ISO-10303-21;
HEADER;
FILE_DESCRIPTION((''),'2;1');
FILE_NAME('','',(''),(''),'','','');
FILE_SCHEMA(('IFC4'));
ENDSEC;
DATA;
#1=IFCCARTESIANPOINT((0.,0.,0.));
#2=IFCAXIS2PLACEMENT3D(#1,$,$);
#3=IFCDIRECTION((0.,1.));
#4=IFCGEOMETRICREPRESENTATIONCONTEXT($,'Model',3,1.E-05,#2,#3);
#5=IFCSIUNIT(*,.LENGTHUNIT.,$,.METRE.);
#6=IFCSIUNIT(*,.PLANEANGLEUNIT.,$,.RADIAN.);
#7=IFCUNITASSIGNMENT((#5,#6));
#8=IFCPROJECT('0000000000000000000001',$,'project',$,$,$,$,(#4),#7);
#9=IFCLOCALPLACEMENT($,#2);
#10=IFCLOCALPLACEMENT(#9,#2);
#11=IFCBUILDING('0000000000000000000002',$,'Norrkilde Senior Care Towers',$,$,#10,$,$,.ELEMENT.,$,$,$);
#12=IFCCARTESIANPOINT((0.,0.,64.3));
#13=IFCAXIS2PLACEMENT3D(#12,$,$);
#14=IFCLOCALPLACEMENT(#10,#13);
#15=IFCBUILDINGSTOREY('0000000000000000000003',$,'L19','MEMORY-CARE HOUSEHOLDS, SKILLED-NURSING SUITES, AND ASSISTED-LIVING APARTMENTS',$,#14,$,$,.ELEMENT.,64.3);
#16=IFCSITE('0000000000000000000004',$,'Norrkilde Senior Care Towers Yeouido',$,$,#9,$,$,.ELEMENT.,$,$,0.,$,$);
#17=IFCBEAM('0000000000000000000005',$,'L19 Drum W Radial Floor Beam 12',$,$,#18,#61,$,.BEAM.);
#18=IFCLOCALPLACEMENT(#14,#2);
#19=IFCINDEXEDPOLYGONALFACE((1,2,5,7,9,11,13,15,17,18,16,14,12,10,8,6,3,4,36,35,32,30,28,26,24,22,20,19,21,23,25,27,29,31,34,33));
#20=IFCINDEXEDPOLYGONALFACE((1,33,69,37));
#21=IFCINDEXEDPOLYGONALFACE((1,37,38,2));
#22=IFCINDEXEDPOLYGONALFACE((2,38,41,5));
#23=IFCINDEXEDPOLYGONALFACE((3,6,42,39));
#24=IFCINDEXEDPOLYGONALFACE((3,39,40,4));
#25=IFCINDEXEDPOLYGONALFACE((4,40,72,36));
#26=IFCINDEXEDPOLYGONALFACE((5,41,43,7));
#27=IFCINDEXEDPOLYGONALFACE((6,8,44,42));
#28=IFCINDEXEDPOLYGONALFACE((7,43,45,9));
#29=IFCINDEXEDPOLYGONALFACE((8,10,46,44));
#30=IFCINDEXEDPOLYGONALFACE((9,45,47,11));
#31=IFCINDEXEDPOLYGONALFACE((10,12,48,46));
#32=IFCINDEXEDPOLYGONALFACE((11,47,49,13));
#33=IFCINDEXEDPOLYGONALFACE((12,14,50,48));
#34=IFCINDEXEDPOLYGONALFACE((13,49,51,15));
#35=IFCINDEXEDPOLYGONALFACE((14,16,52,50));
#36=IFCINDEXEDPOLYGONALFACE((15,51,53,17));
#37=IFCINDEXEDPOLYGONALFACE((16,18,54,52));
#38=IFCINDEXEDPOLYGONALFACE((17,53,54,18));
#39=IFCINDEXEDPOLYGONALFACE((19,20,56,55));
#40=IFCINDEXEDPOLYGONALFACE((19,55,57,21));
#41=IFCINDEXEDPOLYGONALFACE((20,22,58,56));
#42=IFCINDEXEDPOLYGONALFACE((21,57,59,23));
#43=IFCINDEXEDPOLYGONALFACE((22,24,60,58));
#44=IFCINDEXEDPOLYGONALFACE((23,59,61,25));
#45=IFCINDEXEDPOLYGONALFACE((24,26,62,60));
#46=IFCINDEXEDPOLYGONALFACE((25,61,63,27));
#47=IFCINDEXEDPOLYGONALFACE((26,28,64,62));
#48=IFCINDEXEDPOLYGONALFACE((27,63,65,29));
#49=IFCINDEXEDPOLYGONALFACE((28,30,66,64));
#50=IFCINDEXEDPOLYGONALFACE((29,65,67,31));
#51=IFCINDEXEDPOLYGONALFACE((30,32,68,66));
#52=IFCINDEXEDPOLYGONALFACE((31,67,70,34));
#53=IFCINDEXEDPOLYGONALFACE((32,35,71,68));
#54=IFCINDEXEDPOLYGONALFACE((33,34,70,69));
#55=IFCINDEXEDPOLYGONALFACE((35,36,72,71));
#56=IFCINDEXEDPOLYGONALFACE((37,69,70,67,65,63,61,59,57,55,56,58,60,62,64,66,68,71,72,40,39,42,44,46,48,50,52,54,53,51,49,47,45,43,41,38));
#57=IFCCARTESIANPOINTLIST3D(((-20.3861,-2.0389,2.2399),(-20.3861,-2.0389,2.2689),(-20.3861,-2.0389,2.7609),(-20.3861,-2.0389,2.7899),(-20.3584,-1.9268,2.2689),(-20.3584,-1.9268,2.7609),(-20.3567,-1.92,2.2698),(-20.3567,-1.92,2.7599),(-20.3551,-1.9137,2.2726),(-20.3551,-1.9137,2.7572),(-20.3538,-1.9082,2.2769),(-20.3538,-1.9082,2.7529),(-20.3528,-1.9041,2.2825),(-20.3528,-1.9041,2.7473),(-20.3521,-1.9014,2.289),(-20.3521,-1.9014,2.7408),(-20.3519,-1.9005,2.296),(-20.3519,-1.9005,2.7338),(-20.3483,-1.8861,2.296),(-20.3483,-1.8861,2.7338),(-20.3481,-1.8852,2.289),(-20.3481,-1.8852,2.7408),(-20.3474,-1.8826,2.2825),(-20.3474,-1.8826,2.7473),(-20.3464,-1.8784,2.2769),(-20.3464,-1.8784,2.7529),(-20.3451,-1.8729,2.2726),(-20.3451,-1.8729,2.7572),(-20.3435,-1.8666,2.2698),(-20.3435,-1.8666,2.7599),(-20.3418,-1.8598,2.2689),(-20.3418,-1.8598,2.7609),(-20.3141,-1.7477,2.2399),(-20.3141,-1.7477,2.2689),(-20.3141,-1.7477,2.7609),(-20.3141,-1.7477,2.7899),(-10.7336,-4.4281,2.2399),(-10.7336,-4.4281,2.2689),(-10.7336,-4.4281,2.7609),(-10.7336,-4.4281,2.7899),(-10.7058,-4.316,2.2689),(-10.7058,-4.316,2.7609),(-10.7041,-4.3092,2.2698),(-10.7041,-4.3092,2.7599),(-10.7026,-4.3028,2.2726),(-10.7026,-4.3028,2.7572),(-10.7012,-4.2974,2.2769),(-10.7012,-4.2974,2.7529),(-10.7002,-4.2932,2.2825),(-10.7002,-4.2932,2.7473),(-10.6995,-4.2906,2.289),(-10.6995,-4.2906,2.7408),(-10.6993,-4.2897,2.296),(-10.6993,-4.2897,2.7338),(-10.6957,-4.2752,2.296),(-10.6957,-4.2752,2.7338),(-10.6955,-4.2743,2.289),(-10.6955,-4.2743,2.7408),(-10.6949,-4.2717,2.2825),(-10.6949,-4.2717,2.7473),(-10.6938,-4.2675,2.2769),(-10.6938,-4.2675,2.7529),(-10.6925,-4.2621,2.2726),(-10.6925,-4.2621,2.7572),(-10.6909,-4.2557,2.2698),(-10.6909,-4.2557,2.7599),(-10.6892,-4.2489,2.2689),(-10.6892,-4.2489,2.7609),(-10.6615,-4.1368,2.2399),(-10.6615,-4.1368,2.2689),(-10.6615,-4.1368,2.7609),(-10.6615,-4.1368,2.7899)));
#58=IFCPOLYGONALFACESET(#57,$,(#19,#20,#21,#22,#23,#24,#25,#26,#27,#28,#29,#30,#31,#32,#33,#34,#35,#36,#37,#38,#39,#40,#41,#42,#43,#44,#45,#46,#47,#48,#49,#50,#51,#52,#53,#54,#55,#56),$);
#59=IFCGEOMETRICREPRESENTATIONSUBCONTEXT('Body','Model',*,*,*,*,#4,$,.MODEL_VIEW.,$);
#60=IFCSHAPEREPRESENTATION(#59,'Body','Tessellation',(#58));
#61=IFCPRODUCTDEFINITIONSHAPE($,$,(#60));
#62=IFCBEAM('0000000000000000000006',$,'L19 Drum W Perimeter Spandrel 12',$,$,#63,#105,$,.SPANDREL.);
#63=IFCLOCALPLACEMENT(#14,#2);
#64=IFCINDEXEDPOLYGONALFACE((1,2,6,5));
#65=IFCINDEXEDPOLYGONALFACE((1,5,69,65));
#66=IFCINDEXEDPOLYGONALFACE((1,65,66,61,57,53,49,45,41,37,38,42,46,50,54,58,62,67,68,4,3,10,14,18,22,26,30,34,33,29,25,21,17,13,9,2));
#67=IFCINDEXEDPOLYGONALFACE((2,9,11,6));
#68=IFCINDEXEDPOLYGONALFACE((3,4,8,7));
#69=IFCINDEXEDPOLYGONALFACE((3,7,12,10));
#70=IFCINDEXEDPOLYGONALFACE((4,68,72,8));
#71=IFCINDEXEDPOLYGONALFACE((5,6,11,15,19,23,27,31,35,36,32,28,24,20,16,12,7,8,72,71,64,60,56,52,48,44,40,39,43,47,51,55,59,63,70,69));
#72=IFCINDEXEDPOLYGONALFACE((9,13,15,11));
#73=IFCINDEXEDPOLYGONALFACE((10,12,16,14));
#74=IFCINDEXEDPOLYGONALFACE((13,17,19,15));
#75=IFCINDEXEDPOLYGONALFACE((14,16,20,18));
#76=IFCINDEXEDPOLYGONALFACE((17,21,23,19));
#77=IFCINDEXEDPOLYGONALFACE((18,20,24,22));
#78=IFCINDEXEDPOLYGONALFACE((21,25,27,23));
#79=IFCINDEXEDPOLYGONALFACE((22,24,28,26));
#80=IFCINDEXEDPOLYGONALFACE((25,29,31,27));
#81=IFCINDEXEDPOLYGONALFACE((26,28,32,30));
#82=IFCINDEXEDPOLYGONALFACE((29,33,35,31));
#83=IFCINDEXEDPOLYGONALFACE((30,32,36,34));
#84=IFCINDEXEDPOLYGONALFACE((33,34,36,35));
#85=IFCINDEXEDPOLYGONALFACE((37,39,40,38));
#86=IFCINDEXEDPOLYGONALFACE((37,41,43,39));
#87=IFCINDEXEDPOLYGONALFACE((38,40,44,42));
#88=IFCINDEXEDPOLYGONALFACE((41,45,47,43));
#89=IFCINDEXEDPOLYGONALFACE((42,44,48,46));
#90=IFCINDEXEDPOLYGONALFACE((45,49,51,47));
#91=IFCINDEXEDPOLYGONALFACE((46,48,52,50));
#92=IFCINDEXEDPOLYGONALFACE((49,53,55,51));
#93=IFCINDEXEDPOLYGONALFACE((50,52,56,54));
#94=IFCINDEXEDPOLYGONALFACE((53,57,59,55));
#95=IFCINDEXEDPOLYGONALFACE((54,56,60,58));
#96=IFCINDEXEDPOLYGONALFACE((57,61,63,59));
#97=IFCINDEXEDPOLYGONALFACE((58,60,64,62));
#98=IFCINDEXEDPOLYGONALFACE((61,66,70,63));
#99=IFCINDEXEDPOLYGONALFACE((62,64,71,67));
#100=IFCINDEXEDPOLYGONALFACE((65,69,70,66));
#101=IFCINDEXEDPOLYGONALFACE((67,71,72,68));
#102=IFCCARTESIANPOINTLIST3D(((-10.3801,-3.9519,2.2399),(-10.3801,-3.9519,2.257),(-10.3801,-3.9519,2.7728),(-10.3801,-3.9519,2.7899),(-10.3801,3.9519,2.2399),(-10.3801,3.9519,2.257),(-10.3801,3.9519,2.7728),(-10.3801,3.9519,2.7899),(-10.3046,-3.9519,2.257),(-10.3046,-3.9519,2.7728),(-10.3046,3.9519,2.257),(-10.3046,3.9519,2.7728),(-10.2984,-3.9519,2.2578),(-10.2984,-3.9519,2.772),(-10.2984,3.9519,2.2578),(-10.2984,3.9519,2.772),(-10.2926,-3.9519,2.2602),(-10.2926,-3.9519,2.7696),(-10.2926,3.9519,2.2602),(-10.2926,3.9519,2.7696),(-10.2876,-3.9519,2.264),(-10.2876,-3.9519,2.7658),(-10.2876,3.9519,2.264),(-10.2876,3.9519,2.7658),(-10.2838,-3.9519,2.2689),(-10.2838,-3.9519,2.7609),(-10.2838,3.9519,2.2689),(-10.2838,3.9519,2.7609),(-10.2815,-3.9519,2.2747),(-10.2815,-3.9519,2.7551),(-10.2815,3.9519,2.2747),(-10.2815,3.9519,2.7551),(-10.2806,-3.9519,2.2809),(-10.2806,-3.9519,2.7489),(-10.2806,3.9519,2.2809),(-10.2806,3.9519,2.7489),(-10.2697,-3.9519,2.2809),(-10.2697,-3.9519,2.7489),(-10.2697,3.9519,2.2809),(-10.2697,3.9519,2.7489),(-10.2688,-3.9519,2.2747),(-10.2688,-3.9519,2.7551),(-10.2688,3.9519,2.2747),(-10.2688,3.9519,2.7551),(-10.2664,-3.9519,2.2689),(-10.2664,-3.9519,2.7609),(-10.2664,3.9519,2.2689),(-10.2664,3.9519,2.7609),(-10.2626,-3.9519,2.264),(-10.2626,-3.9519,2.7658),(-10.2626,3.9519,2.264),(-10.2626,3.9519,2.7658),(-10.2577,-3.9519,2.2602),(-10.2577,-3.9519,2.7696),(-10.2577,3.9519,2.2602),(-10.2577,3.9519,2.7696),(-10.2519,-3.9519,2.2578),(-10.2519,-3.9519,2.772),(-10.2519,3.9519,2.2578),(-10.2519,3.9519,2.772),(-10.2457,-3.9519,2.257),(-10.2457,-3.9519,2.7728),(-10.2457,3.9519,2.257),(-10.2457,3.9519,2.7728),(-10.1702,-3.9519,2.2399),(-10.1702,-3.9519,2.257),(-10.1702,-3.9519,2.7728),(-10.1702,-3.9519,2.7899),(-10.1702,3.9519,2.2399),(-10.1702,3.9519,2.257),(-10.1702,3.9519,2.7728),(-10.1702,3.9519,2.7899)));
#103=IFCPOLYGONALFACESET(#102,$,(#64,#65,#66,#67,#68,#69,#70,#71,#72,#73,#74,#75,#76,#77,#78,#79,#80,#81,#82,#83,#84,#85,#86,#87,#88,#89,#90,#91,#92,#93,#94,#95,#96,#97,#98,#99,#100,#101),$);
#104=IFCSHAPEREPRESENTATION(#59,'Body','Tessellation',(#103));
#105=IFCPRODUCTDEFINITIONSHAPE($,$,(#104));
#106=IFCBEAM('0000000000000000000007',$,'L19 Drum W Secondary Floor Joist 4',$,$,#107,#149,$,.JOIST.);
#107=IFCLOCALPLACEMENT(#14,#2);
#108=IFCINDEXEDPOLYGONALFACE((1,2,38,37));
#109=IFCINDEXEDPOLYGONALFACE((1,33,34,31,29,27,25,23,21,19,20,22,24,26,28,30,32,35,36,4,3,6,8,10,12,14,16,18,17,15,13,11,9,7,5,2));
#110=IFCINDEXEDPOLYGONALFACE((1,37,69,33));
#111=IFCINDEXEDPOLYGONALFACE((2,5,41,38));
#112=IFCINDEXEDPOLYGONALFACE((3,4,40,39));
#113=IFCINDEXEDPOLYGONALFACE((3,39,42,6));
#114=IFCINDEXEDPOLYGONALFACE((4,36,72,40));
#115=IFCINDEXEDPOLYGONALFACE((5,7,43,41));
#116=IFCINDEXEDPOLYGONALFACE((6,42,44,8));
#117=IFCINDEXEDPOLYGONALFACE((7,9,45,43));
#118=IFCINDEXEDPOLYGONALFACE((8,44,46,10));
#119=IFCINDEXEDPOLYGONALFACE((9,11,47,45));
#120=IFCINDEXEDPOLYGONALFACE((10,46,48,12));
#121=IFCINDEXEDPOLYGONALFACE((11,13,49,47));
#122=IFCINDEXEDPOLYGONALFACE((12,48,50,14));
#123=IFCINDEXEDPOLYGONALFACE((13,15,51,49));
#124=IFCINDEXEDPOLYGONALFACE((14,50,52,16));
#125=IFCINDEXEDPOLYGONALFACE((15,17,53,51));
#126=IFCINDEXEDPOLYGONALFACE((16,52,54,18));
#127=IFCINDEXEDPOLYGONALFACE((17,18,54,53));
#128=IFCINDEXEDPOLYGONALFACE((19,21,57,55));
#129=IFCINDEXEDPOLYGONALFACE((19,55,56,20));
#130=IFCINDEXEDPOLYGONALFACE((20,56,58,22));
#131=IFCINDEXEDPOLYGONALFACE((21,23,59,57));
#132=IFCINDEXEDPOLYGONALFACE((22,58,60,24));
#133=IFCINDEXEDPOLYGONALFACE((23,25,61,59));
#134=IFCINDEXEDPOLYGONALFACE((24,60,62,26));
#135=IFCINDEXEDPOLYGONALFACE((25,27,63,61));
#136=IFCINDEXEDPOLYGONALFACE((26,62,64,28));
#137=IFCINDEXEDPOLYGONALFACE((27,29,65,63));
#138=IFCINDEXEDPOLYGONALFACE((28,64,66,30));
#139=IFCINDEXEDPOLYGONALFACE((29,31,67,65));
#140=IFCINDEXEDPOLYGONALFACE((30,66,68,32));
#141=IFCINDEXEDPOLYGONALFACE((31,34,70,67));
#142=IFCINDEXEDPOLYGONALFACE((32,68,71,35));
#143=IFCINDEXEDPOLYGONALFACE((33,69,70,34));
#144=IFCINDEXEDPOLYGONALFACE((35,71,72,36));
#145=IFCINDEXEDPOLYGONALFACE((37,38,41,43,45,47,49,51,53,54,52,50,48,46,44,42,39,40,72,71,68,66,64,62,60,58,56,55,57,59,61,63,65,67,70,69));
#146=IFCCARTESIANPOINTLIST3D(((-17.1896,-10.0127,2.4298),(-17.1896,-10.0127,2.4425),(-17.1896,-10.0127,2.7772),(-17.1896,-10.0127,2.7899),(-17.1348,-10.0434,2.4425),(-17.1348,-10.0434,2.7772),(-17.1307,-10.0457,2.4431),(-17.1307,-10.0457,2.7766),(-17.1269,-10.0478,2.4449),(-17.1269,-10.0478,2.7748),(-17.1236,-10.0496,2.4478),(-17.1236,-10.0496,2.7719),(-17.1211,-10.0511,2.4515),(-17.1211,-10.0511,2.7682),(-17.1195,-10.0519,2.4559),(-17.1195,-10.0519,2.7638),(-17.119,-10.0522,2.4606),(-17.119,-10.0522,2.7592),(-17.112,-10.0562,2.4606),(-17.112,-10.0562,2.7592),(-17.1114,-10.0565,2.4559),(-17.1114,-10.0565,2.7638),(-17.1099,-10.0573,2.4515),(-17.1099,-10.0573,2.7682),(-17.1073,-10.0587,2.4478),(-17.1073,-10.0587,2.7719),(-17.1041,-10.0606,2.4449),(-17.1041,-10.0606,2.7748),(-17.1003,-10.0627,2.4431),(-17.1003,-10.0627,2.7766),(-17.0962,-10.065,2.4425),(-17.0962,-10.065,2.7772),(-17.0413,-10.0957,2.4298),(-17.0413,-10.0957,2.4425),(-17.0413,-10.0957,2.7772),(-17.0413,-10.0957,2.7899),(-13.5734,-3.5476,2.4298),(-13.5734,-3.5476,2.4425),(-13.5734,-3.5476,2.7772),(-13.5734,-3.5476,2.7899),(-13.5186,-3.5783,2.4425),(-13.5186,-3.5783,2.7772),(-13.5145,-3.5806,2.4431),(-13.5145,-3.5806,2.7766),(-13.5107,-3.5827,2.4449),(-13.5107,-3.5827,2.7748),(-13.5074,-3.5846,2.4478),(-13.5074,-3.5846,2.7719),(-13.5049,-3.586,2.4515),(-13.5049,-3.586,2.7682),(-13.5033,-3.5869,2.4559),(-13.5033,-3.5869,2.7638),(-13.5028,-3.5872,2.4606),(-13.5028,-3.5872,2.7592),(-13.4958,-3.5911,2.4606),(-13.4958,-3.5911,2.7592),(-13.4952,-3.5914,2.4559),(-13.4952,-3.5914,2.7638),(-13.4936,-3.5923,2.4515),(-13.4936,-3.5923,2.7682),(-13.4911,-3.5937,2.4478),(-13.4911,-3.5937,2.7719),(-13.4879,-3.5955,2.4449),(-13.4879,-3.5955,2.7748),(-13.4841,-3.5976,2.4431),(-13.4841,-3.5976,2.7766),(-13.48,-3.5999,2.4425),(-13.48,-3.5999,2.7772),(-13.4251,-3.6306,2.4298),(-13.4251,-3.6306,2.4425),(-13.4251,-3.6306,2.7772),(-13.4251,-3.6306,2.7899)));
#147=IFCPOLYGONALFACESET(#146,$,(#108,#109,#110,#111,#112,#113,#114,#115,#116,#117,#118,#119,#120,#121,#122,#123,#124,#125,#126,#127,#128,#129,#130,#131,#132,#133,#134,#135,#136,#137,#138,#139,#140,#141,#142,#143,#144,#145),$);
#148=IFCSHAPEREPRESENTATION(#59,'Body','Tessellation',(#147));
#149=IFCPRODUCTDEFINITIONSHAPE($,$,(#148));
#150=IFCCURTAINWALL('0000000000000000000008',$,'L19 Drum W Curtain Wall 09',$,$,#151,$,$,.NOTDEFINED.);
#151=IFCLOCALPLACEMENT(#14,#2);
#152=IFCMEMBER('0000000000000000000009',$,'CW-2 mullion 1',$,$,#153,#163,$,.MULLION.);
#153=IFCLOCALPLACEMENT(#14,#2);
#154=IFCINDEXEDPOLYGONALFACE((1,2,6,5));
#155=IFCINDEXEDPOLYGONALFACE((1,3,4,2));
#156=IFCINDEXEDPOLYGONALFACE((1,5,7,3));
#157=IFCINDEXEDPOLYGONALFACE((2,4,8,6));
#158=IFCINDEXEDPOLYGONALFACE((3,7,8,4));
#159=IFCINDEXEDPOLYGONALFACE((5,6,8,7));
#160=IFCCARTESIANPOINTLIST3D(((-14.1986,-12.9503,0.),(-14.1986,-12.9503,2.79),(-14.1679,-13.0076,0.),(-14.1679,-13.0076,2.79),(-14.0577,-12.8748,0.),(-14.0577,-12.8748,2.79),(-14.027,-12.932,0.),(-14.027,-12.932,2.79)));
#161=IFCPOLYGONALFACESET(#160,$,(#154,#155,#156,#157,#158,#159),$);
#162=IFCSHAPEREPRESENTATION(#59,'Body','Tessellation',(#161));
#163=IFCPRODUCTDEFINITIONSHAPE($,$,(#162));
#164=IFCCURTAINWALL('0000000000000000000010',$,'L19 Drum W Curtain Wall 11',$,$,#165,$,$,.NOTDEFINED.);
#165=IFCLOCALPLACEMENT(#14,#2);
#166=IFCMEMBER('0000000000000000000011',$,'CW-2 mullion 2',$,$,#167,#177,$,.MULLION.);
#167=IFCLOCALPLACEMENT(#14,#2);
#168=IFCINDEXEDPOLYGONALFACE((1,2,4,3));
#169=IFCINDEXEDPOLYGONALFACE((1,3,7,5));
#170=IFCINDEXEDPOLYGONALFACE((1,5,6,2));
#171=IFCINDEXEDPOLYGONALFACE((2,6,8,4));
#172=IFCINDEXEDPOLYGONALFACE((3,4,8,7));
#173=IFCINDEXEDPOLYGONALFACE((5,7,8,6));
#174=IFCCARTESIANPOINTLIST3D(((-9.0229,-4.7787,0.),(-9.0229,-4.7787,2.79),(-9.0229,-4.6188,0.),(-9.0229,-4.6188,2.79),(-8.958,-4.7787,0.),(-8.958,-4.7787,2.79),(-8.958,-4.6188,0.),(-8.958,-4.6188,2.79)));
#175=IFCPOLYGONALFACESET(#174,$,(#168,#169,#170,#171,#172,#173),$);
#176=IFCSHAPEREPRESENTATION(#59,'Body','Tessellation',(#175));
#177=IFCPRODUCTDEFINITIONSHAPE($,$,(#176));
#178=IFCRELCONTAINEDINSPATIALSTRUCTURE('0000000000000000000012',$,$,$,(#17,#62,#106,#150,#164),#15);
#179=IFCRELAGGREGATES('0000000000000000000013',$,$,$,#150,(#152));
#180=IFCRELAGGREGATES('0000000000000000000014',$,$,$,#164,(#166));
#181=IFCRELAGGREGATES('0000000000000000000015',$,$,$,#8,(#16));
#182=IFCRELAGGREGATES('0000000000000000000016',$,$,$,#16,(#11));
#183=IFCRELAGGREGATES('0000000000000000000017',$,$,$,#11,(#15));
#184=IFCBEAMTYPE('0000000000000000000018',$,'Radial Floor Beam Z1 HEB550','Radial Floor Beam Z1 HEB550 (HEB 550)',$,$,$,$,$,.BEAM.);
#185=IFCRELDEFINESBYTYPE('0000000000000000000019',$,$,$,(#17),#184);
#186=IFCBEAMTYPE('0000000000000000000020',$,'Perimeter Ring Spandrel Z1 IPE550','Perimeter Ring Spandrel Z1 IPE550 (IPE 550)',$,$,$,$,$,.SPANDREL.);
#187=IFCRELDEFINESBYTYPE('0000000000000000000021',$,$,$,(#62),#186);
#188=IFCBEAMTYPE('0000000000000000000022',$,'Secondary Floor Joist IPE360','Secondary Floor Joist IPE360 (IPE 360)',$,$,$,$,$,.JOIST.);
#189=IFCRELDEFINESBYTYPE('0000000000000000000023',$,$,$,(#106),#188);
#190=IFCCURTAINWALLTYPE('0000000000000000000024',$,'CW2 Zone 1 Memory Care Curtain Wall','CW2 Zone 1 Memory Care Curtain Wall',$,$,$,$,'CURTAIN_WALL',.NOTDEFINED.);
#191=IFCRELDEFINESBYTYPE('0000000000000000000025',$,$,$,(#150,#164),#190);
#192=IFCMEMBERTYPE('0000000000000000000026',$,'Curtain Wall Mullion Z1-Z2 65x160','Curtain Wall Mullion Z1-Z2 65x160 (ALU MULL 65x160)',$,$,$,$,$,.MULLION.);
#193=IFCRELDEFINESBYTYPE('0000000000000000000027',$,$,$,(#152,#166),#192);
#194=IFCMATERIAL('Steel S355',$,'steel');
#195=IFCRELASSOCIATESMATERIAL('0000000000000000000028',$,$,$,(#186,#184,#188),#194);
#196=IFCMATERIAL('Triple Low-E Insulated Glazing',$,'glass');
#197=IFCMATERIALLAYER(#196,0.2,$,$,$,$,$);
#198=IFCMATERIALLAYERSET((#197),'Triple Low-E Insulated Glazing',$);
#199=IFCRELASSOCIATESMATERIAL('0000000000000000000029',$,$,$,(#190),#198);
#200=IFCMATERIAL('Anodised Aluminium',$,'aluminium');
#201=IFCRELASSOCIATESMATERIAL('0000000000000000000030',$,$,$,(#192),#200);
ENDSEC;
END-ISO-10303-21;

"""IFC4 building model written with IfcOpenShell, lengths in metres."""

from ifc_helpers import new_model, si_unit, direction, frame, origin, origin_2d, place, context, subcontext, project, spatial, rectangle, i_section, extrude, source, transform, mapped, material, layer, layer_set, material_profile, profile_set, type_object, type_shapes, element, aggregate, save


model = new_model("IFC4")

# Units and contexts
model_context = context("Model", 3, precision=1e-05, world=origin(), true_north=direction((0.0, 1.0)))
body_context = subcontext(model_context, "Body", "Model", "MODEL_VIEW")
ifc_project = project(units=[si_unit("LENGTHUNIT", "METRE"), si_unit("PLANEANGLEUNIT", "RADIAN")], contexts=[model_context])

# Site, building, storey
site_placement = place(None, origin())
site = spatial("IfcSite", under=ifc_project, at=site_placement, Name="Norrkilde Senior Care Towers Yeouido", CompositionType="ELEMENT", RefElevation=0.0)
building_placement = place(site_placement, origin())
building = spatial("IfcBuilding", under=site, at=building_placement, Name="Norrkilde Senior Care Towers", CompositionType="ELEMENT")
storey_placement = place(building_placement, frame((0.0, 0.0, 64.3)))
storey = spatial("IfcBuildingStorey", under=building, at=storey_placement, Name="L19", Description="MEMORY-CARE HOUSEHOLDS, SKILLED-NURSING SUITES, AND ASSISTED-LIVING APARTMENTS", CompositionType="ELEMENT", Elevation=64.3)

# Beams
ifc_material_1 = material(Name="Steel S355", Category="steel")
ifc_material_profile_1 = material_profile(ifc_material_1, i_section(OverallWidth=0.21, OverallDepth=0.55, WebThickness=0.011, FlangeThickness=0.0171, FilletRadius=0.0239, at=origin_2d()), Name="IPE 550")
ifc_profile_set_1 = profile_set([ifc_material_profile_1], Name="Steel S355")
beam_type_1 = type_object("IfcBeamType", Name="Perimeter Ring Spandrel Z1 IPE550", Description="Perimeter Ring Spandrel Z1 IPE550 (IPE 550)", PredefinedType="SPANDREL", material=ifc_profile_set_1)
ifc_material_profile_2 = material_profile(ifc_material_1, i_section(OverallWidth=0.3, OverallDepth=0.55, WebThickness=0.0149, FlangeThickness=0.0291, FilletRadius=0.0271, at=origin_2d()), Name="HEB 550")
ifc_profile_set_2 = profile_set([ifc_material_profile_2], Name="Steel S355")
beam_type_2 = type_object("IfcBeamType", Name="Radial Floor Beam Z1 HEB550", Description="Radial Floor Beam Z1 HEB550 (HEB 550)", PredefinedType="BEAM", material=ifc_profile_set_2)
shared_shape_1 = source(origin(), body_context, "Body", "SweptSolid", [
    extrude(i_section(OverallWidth=0.3, OverallDepth=0.55, WebThickness=0.0149, FlangeThickness=0.0291, FilletRadius=0.0271, at=origin_2d()), origin(), (0.0, 0.0, 1.0), 9.9438),
])
type_shapes(beam_type_2, [shared_shape_1])
for number, where, z_axis, x_axis, name in (
    (1, (-20.3501, -1.8933, 2.5149), (0.970707, -0.240265, 0.0), (0.240265, 0.970707, 0.0), "L19 Drum W Radial Floor Beam 12"),
):
    element("IfcBeam", number, at=place(storey_placement, frame(where, z_axis=z_axis, x_axis=x_axis)), inside=storey, type_object=beam_type_2, Name=name, PredefinedType="BEAM", context=body_context, shape_type="MappedRepresentation", body=[
        mapped(shared_shape_1, transform((0.0, 0.0, 0.0), x_axis=(1.0, 0.0, 0.0), y_axis=(0.0, 1.0, 0.0), z_axis=(0.0, 0.0, 1.0), scale=1.0)),
    ])
shared_shape_2 = source(origin(), body_context, "Body", "SweptSolid", [
    extrude(i_section(OverallWidth=0.21, OverallDepth=0.55, WebThickness=0.011, FlangeThickness=0.0171, FilletRadius=0.0239, at=origin_2d()), origin(), (0.0, 0.0, 1.0), 7.9038),
])
beam_1_placement = place(storey_placement, frame((-10.2751, -3.9519, 2.5149), z_axis=(0.0, 1.0, 0.0), x_axis=(-1.0, 0.0, 0.0)))
element("IfcBeam", 2, at=beam_1_placement, inside=storey, type_object=beam_type_1, Name="L19 Drum W Perimeter Spandrel 12", PredefinedType="SPANDREL", context=body_context, shape_type="MappedRepresentation", body=[
    mapped(shared_shape_2, transform((0.0, 0.0, 0.0), x_axis=(1.0, 0.0, 0.0), y_axis=(0.0, 1.0, 0.0), z_axis=(0.0, 0.0, 1.0), scale=1.0)),
])
ifc_material_profile_3 = material_profile(ifc_material_1, i_section(OverallWidth=0.1699, OverallDepth=0.3601, WebThickness=0.0081, FlangeThickness=0.0127, FilletRadius=0.0181, at=origin_2d()), Name="IPE 360")
ifc_profile_set_3 = profile_set([ifc_material_profile_3], Name="Steel S355")
beam_type_3 = type_object("IfcBeamType", Name="Secondary Floor Joist IPE360", Description="Secondary Floor Joist IPE360 (IPE 360)", PredefinedType="JOIST", material=ifc_profile_set_3)
shared_shape_3 = source(origin(), body_context, "Body", "SweptSolid", [
    extrude(i_section(OverallWidth=0.1699, OverallDepth=0.3601, WebThickness=0.0081, FlangeThickness=0.0127, FilletRadius=0.0181, at=origin_2d()), origin(), (0.0, 0.0, 1.0), 7.4077),
])
type_shapes(beam_type_3, [shared_shape_3])
beam_2_placement = place(storey_placement, frame((-17.1155, -10.0542, 2.6099), z_axis=(0.488168, 0.87275, 0.0), x_axis=(-0.87275, 0.488168, 0.0)))
element("IfcBeam", 3, at=beam_2_placement, inside=storey, type_object=beam_type_3, Name="L19 Drum W Secondary Floor Joist 4", PredefinedType="JOIST", context=body_context, shape_type="MappedRepresentation", body=[
    mapped(shared_shape_3, transform((0.0, 0.0, 0.0), x_axis=(1.0, 0.0, 0.0), y_axis=(0.0, 1.0, 0.0), z_axis=(0.0, 0.0, 1.0), scale=1.0)),
])

# Curtain walls, members
ifc_material_2 = material(Name="Triple Low-E Insulated Glazing", Category="glass")
ifc_layer_1 = layer(ifc_material_2, 0.2)
ifc_layer_set_1 = layer_set([ifc_layer_1], Name="Triple Low-E Insulated Glazing")
curtain_wall_type = type_object("IfcCurtainWallType", Name="CW2 Zone 1 Memory Care Curtain Wall", Description="CW2 Zone 1 Memory Care Curtain Wall", ElementType="CURTAIN_WALL", PredefinedType="NOTDEFINED", material=ifc_layer_set_1)
curtain_wall_1_placement = place(storey_placement, origin())
curtain_wall_1 = element("IfcCurtainWall", 4, at=curtain_wall_1_placement, inside=storey, type_object=curtain_wall_type, Name="L19 Drum W Curtain Wall 09", PredefinedType="NOTDEFINED")
ifc_material_3 = material(Name="Anodised Aluminium", Category="aluminium")
ifc_material_profile_4 = material_profile(ifc_material_3, rectangle(XDim=0.0649, YDim=0.1599, at=origin_2d()), Name="ALU MULL 65x160")
ifc_profile_set_4 = profile_set([ifc_material_profile_4], Name="Anodised Aluminium")
member_type_1 = type_object("IfcMemberType", Name="Curtain Wall Mullion Z1-Z2 65x160", Description="Curtain Wall Mullion Z1-Z2 65x160 (ALU MULL 65x160)", PredefinedType="MULLION", material=ifc_profile_set_4)
shared_shape_4 = source(origin(), body_context, "Body", "SweptSolid", [
    extrude(rectangle(XDim=0.0649, YDim=0.1599, at=origin_2d()), origin(), (0.0, 0.0, 1.0), 2.79),
])
type_shapes(member_type_1, [shared_shape_4])
member_1_placement = place(storey_placement, frame((-14.1128, -12.9412, 0.0), z_axis=(0.0, 0.0, 1.0), x_axis=(0.472608, -0.881273, 0.0)))
member_1 = element("IfcMember", 5, at=member_1_placement, type_object=member_type_1, Name="CW-2 mullion 1", PredefinedType="MULLION", context=body_context, shape_type="MappedRepresentation", body=[
    mapped(shared_shape_4, transform((0.0, 0.0, 0.0), x_axis=(1.0, 0.0, 0.0), y_axis=(0.0, 1.0, 0.0), z_axis=(0.0, 0.0, 1.0), scale=1.0)),
])
curtain_wall_2_placement = place(storey_placement, origin())
curtain_wall_2 = element("IfcCurtainWall", 6, at=curtain_wall_2_placement, inside=storey, type_object=curtain_wall_type, Name="L19 Drum W Curtain Wall 11", PredefinedType="NOTDEFINED")
member_2_placement = place(storey_placement, frame((-8.9905, -4.6987, 0.0), z_axis=(0.0, 0.0, 1.0), x_axis=(1.0, 0.0, 0.0)))
member_2 = element("IfcMember", 7, at=member_2_placement, type_object=member_type_1, Name="CW-2 mullion 2", PredefinedType="MULLION", context=body_context, shape_type="MappedRepresentation", body=[
    mapped(shared_shape_4, transform((0.0, 0.0, 0.0), x_axis=(1.0, 0.0, 0.0), y_axis=(0.0, 1.0, 0.0), z_axis=(0.0, 0.0, 1.0), scale=1.0)),
])

aggregate(curtain_wall_1, [member_1])
aggregate(curtain_wall_2, [member_2])

save(model, "model.ifc")
